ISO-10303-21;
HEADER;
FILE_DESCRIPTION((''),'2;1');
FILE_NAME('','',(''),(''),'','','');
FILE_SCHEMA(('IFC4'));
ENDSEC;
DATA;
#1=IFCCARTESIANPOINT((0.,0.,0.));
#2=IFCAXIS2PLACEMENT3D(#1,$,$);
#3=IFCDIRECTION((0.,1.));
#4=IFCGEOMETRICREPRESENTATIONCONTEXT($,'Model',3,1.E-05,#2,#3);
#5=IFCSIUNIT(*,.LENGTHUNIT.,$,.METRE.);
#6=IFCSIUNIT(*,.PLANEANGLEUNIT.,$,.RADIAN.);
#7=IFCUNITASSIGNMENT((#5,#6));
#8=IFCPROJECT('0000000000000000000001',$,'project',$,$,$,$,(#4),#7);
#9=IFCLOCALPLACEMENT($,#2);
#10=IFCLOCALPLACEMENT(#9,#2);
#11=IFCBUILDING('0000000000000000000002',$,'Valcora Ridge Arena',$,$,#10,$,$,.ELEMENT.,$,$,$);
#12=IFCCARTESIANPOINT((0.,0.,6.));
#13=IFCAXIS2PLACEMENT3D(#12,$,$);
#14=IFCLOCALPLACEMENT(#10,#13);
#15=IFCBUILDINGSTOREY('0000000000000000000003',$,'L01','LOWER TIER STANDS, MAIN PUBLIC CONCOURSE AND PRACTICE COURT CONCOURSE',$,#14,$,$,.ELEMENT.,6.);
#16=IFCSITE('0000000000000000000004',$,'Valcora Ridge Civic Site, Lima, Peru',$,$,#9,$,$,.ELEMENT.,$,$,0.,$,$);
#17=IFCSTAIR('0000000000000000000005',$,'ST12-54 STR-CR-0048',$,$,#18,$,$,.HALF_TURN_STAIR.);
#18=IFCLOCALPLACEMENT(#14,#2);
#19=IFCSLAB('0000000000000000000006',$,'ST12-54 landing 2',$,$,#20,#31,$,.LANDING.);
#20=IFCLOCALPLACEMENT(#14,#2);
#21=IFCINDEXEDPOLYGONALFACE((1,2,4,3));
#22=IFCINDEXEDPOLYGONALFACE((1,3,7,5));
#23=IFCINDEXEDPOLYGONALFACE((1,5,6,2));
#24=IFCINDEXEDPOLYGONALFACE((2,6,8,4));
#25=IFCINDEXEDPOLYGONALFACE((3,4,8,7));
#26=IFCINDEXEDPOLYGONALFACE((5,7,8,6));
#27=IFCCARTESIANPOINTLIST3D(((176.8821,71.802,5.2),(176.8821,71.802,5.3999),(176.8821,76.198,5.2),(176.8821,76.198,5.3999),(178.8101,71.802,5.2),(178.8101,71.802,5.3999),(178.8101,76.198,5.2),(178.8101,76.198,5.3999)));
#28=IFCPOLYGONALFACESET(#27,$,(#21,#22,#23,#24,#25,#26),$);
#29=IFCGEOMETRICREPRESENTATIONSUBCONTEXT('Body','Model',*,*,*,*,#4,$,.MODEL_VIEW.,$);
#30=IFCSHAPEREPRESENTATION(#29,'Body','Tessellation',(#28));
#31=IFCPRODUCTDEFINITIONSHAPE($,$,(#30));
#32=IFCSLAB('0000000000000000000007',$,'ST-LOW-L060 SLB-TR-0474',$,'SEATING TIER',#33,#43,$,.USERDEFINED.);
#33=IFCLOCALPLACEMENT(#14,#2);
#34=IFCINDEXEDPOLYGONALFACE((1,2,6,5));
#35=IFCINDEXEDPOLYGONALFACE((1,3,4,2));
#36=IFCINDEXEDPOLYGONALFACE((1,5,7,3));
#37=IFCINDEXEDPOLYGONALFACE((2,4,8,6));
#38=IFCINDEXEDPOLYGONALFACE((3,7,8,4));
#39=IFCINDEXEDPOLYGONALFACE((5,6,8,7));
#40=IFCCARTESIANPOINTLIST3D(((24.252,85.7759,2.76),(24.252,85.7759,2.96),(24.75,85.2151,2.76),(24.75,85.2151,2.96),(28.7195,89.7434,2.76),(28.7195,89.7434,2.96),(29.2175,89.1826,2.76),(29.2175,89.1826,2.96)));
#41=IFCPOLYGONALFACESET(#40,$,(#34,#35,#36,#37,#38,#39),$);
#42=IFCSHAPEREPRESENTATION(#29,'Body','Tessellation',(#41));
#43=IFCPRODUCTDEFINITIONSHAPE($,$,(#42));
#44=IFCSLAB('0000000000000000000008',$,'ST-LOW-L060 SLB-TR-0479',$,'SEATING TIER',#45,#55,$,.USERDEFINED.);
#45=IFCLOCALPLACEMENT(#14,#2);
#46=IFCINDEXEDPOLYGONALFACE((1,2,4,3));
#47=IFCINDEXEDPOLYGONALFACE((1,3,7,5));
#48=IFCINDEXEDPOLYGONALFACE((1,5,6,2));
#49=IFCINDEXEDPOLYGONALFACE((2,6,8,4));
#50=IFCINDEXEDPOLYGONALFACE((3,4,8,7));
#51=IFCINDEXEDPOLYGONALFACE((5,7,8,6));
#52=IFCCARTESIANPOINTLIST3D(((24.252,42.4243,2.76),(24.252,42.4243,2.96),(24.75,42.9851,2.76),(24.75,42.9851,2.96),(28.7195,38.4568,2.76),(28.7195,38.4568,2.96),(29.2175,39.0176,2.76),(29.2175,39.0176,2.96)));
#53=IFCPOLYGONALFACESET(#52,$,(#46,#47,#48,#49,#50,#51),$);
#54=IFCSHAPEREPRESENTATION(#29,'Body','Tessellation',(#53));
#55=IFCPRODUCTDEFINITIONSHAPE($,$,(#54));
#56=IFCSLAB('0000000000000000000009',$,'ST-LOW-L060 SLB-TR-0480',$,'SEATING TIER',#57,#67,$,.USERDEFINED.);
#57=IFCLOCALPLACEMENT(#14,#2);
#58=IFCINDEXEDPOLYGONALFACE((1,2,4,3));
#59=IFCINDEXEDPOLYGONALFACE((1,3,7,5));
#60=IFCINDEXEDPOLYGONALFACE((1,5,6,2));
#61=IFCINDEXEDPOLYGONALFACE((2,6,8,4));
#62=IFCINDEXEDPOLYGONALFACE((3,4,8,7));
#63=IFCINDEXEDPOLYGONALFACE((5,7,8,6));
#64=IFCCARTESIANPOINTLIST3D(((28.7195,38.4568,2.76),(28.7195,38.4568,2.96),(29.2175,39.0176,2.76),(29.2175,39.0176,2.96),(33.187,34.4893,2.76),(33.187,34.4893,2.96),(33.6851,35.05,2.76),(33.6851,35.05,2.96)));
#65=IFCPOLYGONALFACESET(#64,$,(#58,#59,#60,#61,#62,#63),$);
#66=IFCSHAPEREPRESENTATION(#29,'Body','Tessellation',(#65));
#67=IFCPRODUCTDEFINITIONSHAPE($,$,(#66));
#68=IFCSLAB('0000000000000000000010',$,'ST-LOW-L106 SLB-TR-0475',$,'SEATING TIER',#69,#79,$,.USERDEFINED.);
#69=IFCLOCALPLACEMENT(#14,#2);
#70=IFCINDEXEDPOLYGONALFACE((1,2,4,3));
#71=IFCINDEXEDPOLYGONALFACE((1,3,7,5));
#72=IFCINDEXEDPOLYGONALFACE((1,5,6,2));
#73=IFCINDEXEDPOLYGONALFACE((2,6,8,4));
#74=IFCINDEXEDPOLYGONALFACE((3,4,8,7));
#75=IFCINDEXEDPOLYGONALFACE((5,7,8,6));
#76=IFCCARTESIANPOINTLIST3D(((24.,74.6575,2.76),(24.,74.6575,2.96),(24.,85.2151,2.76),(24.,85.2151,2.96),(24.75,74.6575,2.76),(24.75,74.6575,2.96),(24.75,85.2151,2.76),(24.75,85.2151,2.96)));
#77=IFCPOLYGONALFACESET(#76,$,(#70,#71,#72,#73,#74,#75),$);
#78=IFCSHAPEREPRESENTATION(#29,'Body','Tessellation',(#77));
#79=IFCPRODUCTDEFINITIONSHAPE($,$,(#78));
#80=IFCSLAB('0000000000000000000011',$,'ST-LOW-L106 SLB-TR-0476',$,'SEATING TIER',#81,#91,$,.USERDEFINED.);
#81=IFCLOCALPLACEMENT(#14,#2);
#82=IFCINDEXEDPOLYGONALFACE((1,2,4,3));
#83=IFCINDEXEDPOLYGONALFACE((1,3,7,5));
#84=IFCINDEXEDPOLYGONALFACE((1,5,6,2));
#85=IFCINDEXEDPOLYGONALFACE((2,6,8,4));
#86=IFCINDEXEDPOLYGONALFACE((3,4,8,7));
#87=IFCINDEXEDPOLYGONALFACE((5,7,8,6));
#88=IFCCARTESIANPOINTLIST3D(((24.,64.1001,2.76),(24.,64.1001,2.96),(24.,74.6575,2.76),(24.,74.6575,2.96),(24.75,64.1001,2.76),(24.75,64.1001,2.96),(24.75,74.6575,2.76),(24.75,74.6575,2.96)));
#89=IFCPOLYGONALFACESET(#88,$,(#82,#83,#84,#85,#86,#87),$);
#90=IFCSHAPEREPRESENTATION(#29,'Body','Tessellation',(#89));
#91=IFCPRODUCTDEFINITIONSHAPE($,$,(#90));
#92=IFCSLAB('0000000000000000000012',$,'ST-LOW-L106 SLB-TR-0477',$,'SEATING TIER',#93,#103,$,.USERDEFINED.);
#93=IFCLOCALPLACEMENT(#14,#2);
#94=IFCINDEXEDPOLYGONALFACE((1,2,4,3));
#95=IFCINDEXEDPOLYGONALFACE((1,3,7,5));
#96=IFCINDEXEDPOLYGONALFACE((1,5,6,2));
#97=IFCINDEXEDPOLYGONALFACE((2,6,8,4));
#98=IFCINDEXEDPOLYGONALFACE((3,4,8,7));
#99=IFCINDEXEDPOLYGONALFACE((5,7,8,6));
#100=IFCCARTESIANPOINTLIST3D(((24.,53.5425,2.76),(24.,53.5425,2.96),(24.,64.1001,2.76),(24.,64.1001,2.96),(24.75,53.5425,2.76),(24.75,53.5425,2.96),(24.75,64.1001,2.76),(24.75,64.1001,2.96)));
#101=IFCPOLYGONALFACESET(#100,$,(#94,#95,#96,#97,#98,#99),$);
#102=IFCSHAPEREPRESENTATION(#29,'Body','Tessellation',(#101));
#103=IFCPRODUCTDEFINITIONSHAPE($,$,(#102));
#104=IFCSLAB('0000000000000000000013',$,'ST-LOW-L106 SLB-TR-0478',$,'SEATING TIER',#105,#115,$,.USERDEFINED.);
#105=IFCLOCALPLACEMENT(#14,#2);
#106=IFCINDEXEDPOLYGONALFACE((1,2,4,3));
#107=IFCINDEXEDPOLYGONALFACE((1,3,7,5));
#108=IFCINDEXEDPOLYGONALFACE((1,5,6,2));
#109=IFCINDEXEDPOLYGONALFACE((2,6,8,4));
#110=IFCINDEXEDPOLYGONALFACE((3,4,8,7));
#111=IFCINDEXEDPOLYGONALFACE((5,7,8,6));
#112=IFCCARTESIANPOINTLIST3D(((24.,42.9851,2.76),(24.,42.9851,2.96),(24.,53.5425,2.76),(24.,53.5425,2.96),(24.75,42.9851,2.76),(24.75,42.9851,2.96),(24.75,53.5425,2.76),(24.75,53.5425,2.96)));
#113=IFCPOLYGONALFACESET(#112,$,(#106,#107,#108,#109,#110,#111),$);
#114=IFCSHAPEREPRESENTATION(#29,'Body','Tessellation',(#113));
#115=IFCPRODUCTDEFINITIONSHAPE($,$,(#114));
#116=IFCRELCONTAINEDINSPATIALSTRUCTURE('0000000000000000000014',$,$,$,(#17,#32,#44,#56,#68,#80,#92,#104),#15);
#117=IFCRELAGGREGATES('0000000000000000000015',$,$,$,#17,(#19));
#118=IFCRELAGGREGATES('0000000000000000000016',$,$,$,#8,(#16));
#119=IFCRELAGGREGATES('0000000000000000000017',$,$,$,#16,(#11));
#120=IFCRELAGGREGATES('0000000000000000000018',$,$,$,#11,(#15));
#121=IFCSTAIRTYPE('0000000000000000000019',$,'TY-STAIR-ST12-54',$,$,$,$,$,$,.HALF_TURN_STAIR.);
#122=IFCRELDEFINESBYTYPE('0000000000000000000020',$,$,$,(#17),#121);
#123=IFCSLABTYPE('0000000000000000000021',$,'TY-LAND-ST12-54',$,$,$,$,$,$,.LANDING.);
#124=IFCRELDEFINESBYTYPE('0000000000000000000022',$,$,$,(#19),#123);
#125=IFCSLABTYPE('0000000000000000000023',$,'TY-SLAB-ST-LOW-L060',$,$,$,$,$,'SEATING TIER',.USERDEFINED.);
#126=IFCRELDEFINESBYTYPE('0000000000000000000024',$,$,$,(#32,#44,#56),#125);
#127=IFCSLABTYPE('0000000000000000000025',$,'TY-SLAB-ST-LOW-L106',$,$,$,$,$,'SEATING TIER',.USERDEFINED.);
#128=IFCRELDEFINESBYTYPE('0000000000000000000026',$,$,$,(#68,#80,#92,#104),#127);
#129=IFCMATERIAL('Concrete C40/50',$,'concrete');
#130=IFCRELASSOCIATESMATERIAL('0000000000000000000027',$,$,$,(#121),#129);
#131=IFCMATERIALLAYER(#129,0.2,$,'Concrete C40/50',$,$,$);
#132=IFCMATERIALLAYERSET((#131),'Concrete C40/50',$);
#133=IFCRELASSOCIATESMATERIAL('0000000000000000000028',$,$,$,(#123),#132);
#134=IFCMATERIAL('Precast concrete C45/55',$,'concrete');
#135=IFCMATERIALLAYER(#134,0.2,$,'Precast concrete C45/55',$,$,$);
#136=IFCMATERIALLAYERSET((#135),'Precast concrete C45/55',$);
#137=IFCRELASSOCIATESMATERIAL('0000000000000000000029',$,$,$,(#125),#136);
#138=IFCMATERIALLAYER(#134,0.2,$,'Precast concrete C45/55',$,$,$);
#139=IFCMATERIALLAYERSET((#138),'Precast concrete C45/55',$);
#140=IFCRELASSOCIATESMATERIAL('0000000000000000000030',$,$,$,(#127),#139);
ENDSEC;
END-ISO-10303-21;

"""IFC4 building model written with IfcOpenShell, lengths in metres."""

from ifc_helpers import new_model, si_unit, direction, frame, origin, place, context, subcontext, project, spatial, polyline, outline, extrude, material, layer, layer_set, type_object, element, aggregate, save


model = new_model("IFC4")

# Units and contexts
model_context = context("Model", 3, precision=1e-05, world=origin(), true_north=direction((0.0, 1.0)))
body_context = subcontext(model_context, "Body", "Model", "MODEL_VIEW")
ifc_project = project(units=[si_unit("LENGTHUNIT", "METRE"), si_unit("PLANEANGLEUNIT", "RADIAN")], contexts=[model_context])

# Site, building, storey
site_placement = place(None, origin())
site = spatial("IfcSite", under=ifc_project, at=site_placement, Name="Valcora Ridge Civic Site, Lima, Peru", CompositionType="ELEMENT", RefElevation=0.0)
building_placement = place(site_placement, origin())
building = spatial("IfcBuilding", under=site, at=building_placement, Name="Valcora Ridge Arena", CompositionType="ELEMENT")
storey_placement = place(building_placement, frame((0.0, 0.0, 6.0)))
storey = spatial("IfcBuildingStorey", under=building, at=storey_placement, Name="L01", Description="LOWER TIER STANDS, MAIN PUBLIC CONCOURSE AND PRACTICE COURT CONCOURSE", CompositionType="ELEMENT", Elevation=6.0)

# Stair, slab
ifc_material_1 = material(Name="Concrete C40/50", Category="concrete")
stair_type_1 = type_object("IfcStairType", Name="TY-STAIR-ST12-54", PredefinedType="HALF_TURN_STAIR", material=ifc_material_1)
stair_1_placement = place(storey_placement, origin())
stair_1 = element("IfcStair", 1, at=stair_1_placement, inside=storey, type_object=stair_type_1, Name="ST12-54 STR-CR-0048", PredefinedType="HALF_TURN_STAIR")
ifc_layer_1 = layer(ifc_material_1, 0.2, Name="Concrete C40/50")
ifc_layer_set_1 = layer_set([ifc_layer_1], Name="Concrete C40/50")
slab_type_1 = type_object("IfcSlabType", Name="TY-LAND-ST12-54", PredefinedType="LANDING", material=ifc_layer_set_1)
slab_1_placement = place(storey_placement, frame((0.0, 0.0, 5.2)))
slab_1 = element("IfcSlab", 2, at=slab_1_placement, type_object=slab_type_1, Name="ST12-54 landing 2", PredefinedType="LANDING", context=body_context, shape_type="SweptSolid", body=[
    extrude(outline(polyline([(176.8821, 71.802), (178.8101, 71.802), (178.8101, 76.198), (176.8821, 76.198), (176.8821, 71.802)])), origin(), (0.0, 0.0, 1.0), 0.2),
])
aggregate(stair_1, [slab_1])

# Slabs
ifc_material_2 = material(Name="Precast concrete C45/55", Category="concrete")
ifc_layer_2 = layer(ifc_material_2, 0.2, Name="Precast concrete C45/55")
ifc_layer_set_2 = layer_set([ifc_layer_2], Name="Precast concrete C45/55")
slab_type_2 = type_object("IfcSlabType", Name="TY-SLAB-ST-LOW-L060", ElementType="SEATING TIER", PredefinedType="USERDEFINED", material=ifc_layer_set_2)
slab_2_placement = place(storey_placement, frame((0.0, 0.0, 2.76)))
element("IfcSlab", 3, at=slab_2_placement, inside=storey, type_object=slab_type_2, Name="ST-LOW-L060 SLB-TR-0474", ObjectType="SEATING TIER", PredefinedType="USERDEFINED", context=body_context, shape_type="SweptSolid", body=[
    extrude(outline(polyline([(29.2175, 89.1826), (24.75, 85.2151), (24.252, 85.7759), (28.7195, 89.7434), (29.2175, 89.1826)])), origin(), (0.0, 0.0, 1.0), 0.2),
])
slab_3_placement = place(storey_placement, frame((0.0, 0.0, 2.76)))
element("IfcSlab", 4, at=slab_3_placement, inside=storey, type_object=slab_type_2, Name="ST-LOW-L060 SLB-TR-0479", ObjectType="SEATING TIER", PredefinedType="USERDEFINED", context=body_context, shape_type="SweptSolid", body=[
    extrude(outline(polyline([(24.75, 42.9851), (29.2175, 39.0176), (28.7195, 38.4568), (24.252, 42.4243), (24.75, 42.9851)])), origin(), (0.0, 0.0, 1.0), 0.2),
])
slab_4_placement = place(storey_placement, frame((0.0, 0.0, 2.76)))
element("IfcSlab", 5, at=slab_4_placement, inside=storey, type_object=slab_type_2, Name="ST-LOW-L060 SLB-TR-0480", ObjectType="SEATING TIER", PredefinedType="USERDEFINED", context=body_context, shape_type="SweptSolid", body=[
    extrude(outline(polyline([(29.2175, 39.0176), (33.6851, 35.05), (33.187, 34.4893), (28.7195, 38.4568), (29.2175, 39.0176)])), origin(), (0.0, 0.0, 1.0), 0.2),
])
ifc_layer_3 = layer(ifc_material_2, 0.2, Name="Precast concrete C45/55")
ifc_layer_set_3 = layer_set([ifc_layer_3], Name="Precast concrete C45/55")
slab_type_3 = type_object("IfcSlabType", Name="TY-SLAB-ST-LOW-L106", ElementType="SEATING TIER", PredefinedType="USERDEFINED", material=ifc_layer_set_3)
slab_5_placement = place(storey_placement, frame((0.0, 0.0, 2.76)))
element("IfcSlab", 6, at=slab_5_placement, inside=storey, type_object=slab_type_3, Name="ST-LOW-L106 SLB-TR-0475", ObjectType="SEATING TIER", PredefinedType="USERDEFINED", context=body_context, shape_type="SweptSolid", body=[
    extrude(outline(polyline([(24.75, 85.2151), (24.75, 74.6575), (24.0, 74.6575), (24.0, 85.2151), (24.75, 85.2151)])), origin(), (0.0, 0.0, 1.0), 0.2),
])
slab_6_placement = place(storey_placement, frame((0.0, 0.0, 2.76)))
element("IfcSlab", 7, at=slab_6_placement, inside=storey, type_object=slab_type_3, Name="ST-LOW-L106 SLB-TR-0476", ObjectType="SEATING TIER", PredefinedType="USERDEFINED", context=body_context, shape_type="SweptSolid", body=[
    extrude(outline(polyline([(24.75, 74.6575), (24.75, 64.1001), (24.0, 64.1001), (24.0, 74.6575), (24.75, 74.6575)])), origin(), (0.0, 0.0, 1.0), 0.2),
])
slab_7_placement = place(storey_placement, frame((0.0, 0.0, 2.76)))
element("IfcSlab", 8, at=slab_7_placement, inside=storey, type_object=slab_type_3, Name="ST-LOW-L106 SLB-TR-0477", ObjectType="SEATING TIER", PredefinedType="USERDEFINED", context=body_context, shape_type="SweptSolid", body=[
    extrude(outline(polyline([(24.75, 64.1001), (24.75, 53.5425), (24.0, 53.5425), (24.0, 64.1001), (24.75, 64.1001)])), origin(), (0.0, 0.0, 1.0), 0.2),
])
slab_8_placement = place(storey_placement, frame((0.0, 0.0, 2.76)))
element("IfcSlab", 9, at=slab_8_placement, inside=storey, type_object=slab_type_3, Name="ST-LOW-L106 SLB-TR-0478", ObjectType="SEATING TIER", PredefinedType="USERDEFINED", context=body_context, shape_type="SweptSolid", body=[
    extrude(outline(polyline([(24.75, 53.5425), (24.75, 42.9851), (24.0, 42.9851), (24.0, 53.5425), (24.75, 53.5425)])), origin(), (0.0, 0.0, 1.0), 0.2),
])

save(model, "model.ifc")
